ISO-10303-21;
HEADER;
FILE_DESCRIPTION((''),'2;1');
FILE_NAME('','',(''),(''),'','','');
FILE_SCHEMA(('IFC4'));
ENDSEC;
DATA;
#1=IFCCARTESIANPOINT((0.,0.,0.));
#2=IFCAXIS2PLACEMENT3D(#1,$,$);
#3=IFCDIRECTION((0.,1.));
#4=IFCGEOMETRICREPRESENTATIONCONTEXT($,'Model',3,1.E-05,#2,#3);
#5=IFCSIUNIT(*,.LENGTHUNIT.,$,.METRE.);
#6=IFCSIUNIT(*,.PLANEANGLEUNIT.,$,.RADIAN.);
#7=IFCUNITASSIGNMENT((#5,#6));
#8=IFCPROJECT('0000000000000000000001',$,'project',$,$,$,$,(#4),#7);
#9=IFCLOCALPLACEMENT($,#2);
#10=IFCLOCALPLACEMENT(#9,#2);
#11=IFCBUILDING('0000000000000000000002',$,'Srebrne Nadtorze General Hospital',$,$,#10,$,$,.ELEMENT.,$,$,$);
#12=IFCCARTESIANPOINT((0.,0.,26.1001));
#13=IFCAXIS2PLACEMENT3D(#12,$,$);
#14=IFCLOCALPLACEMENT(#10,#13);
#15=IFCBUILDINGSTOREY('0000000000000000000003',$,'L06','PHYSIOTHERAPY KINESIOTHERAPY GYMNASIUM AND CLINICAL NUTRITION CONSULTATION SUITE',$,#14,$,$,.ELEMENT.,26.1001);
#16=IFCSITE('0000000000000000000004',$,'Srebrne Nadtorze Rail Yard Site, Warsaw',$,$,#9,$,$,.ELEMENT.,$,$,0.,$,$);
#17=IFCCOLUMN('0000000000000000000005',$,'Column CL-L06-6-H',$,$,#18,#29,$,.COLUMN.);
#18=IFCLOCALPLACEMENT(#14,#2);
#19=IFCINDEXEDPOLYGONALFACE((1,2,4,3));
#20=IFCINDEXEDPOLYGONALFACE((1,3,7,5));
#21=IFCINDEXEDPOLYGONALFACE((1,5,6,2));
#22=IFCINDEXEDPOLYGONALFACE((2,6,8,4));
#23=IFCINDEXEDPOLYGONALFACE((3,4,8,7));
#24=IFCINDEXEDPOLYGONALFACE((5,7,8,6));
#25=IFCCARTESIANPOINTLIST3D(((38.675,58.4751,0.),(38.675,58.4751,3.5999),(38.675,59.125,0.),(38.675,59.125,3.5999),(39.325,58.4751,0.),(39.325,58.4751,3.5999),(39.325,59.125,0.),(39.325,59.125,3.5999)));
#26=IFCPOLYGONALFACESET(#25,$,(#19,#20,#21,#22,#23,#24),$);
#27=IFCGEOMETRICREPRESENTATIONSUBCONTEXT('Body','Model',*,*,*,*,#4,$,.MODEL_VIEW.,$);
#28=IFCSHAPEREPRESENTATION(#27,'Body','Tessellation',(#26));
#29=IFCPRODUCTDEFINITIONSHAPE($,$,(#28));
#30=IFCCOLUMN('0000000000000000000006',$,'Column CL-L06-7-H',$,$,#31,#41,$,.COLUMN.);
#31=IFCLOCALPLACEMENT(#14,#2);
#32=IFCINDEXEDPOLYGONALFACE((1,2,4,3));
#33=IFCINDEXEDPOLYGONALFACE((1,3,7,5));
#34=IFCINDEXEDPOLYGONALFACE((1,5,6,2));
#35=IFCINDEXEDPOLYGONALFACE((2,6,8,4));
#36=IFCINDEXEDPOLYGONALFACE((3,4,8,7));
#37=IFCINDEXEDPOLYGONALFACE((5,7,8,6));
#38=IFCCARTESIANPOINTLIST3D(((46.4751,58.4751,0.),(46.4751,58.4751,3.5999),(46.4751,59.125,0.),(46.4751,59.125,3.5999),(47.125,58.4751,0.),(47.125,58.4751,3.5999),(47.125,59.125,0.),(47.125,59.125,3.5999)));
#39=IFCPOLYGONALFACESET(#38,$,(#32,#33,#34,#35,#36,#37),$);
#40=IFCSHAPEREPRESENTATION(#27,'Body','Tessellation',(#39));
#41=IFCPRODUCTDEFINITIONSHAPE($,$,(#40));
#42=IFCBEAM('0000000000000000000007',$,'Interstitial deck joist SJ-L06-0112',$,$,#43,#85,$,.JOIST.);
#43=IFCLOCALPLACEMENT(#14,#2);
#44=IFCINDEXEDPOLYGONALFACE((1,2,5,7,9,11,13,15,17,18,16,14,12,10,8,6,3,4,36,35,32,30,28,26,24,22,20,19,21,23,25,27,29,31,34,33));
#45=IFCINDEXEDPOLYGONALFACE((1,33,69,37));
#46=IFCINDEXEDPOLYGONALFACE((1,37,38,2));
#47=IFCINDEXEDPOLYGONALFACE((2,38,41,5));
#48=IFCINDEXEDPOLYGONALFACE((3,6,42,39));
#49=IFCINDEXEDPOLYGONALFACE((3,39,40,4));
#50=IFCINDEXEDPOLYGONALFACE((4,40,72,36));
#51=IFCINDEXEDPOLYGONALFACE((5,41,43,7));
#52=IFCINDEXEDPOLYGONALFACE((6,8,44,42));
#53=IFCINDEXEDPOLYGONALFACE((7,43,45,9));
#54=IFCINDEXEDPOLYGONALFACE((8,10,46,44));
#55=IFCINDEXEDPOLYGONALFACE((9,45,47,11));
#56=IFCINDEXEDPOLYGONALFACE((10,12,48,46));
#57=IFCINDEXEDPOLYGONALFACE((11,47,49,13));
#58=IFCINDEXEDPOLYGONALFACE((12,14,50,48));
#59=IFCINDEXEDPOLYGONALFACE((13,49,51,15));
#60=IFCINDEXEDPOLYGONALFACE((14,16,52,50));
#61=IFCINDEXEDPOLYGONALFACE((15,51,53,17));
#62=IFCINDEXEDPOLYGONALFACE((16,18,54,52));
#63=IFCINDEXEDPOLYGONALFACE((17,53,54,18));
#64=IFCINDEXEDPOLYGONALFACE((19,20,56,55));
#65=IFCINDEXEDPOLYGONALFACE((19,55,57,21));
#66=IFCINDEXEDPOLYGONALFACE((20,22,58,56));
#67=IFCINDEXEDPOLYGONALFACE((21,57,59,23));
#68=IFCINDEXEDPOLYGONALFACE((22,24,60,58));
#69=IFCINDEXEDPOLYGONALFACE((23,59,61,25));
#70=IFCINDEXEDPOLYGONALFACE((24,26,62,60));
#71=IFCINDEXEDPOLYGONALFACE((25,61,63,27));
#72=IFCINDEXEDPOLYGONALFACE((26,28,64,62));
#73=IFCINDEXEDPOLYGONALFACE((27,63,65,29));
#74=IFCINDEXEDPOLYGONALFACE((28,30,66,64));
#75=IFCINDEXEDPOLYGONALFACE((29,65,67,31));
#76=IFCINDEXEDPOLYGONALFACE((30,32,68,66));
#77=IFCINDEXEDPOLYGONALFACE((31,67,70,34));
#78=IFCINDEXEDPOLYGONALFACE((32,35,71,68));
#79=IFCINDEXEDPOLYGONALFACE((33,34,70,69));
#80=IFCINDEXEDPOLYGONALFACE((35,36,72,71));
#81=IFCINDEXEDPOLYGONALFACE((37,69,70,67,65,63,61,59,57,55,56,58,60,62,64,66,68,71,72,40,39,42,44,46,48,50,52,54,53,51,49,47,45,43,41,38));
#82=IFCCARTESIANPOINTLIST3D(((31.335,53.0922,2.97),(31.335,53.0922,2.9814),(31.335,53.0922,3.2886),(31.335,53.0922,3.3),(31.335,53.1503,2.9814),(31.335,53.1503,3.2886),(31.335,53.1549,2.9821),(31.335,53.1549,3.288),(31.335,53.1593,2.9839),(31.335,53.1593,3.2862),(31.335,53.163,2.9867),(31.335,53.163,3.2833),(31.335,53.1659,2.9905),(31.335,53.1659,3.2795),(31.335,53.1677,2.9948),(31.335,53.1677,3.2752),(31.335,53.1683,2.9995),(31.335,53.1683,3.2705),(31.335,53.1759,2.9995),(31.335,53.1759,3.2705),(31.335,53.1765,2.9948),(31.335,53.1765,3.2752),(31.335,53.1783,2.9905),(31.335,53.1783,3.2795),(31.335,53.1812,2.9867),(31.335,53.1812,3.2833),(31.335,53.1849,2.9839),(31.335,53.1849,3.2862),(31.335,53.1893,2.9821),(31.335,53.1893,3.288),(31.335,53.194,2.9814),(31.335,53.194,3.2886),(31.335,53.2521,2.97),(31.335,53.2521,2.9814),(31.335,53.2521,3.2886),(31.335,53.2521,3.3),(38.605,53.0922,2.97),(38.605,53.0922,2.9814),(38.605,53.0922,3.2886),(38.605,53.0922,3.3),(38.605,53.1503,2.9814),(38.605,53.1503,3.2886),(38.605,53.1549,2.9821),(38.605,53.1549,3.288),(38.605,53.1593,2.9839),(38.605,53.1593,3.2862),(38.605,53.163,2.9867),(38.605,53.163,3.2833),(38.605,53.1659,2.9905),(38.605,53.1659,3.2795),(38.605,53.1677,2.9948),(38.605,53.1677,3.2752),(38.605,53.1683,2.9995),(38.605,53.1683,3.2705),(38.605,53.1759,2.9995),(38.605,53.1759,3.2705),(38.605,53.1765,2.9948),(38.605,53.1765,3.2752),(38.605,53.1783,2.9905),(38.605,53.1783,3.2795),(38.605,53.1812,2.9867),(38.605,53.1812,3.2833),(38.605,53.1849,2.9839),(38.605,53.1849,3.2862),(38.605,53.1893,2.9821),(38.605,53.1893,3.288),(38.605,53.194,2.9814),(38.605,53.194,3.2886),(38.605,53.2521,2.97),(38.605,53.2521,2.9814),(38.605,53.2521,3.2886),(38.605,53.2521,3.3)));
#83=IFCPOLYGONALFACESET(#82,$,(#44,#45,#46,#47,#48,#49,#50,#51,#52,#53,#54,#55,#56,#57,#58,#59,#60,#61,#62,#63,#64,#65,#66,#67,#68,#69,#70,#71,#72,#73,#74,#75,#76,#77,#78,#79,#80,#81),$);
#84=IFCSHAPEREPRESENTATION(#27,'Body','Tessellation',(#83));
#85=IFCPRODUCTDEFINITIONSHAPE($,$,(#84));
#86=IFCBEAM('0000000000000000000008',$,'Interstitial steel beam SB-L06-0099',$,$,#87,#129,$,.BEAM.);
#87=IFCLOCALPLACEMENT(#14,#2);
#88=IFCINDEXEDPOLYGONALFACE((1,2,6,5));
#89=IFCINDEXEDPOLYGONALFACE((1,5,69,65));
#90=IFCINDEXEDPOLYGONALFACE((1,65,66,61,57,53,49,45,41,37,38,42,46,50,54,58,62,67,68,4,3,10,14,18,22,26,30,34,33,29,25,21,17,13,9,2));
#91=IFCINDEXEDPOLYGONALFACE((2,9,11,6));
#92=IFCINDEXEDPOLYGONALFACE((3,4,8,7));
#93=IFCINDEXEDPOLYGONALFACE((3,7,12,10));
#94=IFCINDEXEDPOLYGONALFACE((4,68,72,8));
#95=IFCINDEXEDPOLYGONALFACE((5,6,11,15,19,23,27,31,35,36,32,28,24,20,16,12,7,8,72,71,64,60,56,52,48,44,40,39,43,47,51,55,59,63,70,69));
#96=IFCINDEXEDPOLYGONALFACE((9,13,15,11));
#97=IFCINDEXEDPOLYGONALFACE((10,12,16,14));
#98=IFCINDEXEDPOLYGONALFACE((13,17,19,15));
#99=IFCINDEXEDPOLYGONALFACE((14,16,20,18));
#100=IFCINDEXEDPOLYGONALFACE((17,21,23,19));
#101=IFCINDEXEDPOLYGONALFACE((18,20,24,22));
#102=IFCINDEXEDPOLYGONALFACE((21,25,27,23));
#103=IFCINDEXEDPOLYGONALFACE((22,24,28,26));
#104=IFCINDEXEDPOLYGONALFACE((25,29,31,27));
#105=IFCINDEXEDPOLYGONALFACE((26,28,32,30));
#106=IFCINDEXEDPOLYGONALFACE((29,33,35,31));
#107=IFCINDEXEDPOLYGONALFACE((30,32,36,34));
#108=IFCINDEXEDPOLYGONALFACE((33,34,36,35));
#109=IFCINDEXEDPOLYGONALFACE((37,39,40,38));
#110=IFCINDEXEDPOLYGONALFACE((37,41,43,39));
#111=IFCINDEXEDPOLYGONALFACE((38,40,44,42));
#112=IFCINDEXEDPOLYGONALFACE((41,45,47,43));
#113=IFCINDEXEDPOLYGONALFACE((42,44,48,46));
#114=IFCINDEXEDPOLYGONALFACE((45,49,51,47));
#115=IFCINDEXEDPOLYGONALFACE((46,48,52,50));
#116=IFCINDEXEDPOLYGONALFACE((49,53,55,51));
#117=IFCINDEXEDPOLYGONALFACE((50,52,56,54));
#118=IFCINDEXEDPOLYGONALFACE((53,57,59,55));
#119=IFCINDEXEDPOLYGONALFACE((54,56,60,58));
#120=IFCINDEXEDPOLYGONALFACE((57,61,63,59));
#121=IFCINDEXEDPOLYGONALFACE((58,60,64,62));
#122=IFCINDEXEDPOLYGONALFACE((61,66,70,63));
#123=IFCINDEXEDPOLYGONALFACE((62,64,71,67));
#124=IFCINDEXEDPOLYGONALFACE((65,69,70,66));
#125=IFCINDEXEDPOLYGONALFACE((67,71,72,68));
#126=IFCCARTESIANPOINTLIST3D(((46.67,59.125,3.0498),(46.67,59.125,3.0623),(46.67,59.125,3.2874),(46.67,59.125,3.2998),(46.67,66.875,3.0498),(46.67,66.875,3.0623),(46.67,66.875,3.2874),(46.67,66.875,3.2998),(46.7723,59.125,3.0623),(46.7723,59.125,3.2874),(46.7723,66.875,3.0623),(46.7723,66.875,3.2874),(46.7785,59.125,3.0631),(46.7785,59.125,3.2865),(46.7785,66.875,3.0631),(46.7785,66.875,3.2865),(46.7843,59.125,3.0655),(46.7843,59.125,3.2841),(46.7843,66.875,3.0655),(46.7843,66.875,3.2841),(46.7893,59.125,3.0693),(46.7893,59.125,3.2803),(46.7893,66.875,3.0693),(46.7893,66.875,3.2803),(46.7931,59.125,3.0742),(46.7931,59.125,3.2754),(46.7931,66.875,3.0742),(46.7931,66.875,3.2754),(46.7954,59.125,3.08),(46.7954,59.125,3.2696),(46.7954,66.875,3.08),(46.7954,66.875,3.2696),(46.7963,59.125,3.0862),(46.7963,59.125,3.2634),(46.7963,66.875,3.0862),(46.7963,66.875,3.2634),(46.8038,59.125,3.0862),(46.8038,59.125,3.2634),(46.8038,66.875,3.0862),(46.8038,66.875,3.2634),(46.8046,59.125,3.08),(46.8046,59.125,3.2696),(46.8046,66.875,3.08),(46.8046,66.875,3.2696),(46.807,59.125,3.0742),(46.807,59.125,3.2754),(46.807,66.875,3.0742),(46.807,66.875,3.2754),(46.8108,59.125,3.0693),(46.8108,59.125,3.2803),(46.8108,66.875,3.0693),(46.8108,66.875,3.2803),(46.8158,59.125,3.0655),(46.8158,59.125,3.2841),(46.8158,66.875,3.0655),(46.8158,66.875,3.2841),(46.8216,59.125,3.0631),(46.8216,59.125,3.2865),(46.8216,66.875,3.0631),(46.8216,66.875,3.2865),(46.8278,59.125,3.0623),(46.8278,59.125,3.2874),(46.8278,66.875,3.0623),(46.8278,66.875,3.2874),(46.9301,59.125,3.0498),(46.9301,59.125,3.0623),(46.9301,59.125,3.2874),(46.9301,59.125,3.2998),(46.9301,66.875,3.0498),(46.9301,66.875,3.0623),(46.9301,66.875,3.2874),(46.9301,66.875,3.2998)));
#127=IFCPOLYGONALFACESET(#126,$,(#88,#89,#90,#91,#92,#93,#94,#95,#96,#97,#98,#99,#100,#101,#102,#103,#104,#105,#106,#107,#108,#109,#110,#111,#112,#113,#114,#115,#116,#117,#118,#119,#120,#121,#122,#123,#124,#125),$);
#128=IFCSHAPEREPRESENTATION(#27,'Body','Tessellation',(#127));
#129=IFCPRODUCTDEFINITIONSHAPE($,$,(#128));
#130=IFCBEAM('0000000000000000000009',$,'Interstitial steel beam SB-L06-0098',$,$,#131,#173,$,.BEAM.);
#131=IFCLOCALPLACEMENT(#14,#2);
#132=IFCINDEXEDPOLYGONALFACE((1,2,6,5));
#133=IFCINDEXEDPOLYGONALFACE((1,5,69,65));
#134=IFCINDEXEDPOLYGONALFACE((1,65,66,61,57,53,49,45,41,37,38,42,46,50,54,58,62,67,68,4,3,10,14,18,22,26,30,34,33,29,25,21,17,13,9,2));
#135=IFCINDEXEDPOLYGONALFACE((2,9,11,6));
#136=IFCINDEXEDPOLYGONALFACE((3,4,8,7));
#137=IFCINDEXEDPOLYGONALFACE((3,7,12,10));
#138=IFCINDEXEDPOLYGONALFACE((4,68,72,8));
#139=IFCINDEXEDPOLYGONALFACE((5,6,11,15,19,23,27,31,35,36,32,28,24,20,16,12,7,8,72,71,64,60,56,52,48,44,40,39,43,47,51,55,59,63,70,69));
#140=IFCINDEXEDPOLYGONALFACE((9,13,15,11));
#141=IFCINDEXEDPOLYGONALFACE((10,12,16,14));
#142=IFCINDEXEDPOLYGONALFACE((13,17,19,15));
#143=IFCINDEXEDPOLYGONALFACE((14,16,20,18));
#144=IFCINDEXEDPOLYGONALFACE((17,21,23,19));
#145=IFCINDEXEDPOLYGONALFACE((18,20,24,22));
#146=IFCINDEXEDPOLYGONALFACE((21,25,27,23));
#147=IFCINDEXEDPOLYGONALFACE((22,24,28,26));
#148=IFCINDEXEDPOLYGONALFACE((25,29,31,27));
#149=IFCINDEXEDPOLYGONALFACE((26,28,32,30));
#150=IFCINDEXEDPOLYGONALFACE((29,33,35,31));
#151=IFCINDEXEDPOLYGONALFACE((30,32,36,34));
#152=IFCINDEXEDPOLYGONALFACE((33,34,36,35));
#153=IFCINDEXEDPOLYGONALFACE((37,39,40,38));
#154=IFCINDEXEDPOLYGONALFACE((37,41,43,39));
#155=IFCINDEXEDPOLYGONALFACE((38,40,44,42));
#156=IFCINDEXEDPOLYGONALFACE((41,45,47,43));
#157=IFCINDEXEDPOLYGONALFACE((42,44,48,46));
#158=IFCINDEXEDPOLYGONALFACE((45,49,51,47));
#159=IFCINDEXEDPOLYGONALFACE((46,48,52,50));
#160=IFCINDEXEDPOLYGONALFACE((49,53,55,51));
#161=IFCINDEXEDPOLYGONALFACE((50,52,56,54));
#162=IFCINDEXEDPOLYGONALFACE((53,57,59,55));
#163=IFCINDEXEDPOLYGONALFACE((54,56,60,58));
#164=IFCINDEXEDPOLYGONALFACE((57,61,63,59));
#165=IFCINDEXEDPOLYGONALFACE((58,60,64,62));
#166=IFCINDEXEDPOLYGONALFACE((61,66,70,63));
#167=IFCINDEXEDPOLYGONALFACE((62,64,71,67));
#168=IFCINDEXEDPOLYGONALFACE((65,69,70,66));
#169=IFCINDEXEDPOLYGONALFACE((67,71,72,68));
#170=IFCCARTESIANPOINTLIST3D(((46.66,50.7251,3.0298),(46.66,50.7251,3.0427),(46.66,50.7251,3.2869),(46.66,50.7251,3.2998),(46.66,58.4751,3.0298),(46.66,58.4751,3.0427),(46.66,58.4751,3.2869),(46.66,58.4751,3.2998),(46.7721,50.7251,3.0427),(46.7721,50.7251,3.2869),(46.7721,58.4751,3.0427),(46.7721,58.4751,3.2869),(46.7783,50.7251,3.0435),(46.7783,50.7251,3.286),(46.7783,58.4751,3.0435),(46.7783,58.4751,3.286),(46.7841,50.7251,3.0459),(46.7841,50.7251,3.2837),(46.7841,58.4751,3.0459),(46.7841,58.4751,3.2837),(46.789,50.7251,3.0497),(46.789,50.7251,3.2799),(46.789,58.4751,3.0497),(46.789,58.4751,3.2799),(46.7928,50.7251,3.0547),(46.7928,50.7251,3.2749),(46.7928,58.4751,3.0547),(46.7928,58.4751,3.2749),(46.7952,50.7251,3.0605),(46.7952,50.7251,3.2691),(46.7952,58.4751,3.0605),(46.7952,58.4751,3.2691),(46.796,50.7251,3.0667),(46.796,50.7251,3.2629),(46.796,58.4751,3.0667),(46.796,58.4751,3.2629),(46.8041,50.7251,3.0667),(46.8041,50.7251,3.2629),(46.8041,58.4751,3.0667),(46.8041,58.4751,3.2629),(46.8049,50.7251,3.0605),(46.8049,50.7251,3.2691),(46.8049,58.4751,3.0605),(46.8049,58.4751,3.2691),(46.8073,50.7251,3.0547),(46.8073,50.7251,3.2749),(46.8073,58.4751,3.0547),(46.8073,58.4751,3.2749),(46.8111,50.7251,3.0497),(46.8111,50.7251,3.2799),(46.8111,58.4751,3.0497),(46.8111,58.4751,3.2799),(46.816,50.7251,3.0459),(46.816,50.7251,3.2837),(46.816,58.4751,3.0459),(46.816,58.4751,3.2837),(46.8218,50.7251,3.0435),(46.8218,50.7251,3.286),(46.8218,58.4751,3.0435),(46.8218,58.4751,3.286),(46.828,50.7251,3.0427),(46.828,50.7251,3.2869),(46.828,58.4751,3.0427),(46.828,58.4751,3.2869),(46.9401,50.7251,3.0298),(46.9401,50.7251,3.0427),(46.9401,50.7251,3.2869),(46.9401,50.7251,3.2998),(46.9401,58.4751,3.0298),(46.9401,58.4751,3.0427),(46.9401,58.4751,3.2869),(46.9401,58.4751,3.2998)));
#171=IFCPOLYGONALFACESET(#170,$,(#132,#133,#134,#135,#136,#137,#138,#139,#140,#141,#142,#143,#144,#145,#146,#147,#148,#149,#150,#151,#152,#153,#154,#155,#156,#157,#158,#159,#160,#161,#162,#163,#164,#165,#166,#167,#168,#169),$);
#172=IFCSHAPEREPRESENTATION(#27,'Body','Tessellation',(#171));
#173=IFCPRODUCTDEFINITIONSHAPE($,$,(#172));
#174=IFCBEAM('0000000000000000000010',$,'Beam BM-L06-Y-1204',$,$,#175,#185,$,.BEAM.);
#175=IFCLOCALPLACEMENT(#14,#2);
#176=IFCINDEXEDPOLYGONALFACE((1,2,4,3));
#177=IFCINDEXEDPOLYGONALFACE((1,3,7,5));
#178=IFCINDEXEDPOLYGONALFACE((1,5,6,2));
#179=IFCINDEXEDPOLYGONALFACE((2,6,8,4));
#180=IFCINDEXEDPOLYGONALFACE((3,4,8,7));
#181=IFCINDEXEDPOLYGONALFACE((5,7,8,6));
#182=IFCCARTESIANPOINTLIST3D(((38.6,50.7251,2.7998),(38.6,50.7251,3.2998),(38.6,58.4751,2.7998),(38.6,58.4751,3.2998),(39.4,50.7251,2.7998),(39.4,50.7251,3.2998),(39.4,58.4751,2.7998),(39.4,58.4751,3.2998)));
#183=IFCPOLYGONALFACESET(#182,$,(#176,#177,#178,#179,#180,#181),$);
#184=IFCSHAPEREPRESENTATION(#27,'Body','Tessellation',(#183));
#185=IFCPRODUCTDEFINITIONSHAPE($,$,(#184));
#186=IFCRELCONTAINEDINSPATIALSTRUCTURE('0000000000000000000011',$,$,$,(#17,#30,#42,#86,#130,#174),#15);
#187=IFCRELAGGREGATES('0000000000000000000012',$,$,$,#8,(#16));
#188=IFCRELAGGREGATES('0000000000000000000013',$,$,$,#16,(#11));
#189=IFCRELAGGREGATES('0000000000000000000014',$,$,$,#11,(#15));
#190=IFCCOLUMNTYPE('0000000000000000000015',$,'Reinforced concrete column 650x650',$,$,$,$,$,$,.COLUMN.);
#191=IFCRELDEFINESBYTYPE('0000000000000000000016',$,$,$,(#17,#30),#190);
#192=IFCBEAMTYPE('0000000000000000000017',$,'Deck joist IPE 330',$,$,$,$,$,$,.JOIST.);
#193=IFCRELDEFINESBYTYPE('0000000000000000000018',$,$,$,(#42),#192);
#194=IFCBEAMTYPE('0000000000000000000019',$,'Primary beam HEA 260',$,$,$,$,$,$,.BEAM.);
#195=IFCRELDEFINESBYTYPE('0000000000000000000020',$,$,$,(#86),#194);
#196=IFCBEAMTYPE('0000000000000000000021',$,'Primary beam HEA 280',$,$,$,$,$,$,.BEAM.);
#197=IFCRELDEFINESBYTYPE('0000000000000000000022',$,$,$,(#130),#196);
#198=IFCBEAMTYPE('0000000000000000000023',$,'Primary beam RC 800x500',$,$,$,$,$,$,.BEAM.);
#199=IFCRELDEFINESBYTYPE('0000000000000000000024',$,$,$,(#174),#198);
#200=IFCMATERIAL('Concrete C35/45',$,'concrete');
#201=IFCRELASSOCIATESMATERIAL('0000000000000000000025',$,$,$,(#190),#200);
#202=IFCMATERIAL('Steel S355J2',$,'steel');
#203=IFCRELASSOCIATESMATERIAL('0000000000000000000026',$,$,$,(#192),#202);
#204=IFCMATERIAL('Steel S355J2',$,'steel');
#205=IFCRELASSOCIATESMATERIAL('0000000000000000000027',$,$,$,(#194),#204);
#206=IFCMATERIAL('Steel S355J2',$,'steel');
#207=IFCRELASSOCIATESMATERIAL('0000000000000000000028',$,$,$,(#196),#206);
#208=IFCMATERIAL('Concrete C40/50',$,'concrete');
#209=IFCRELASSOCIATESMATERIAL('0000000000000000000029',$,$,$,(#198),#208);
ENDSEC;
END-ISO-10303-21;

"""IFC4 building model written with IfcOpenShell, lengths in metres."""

from ifc_helpers import new_model, si_unit, direction, frame, origin, origin_2d, place, context, subcontext, project, spatial, rectangle, i_section, extrude, material, material_profile, profile_set, type_object, element, save


model = new_model("IFC4")

# Units and contexts
model_context = context("Model", 3, precision=1e-05, world=origin(), true_north=direction((0.0, 1.0)))
body_context = subcontext(model_context, "Body", "Model", "MODEL_VIEW")
ifc_project = project(units=[si_unit("LENGTHUNIT", "METRE"), si_unit("PLANEANGLEUNIT", "RADIAN")], contexts=[model_context])

# Site, building, storey
site_placement = place(None, origin())
site = spatial("IfcSite", under=ifc_project, at=site_placement, Name="Srebrne Nadtorze Rail Yard Site, Warsaw", CompositionType="ELEMENT", RefElevation=0.0)
building_placement = place(site_placement, origin())
building = spatial("IfcBuilding", under=site, at=building_placement, Name="Srebrne Nadtorze General Hospital", CompositionType="ELEMENT")
storey_placement = place(building_placement, frame((0.0, 0.0, 26.1001)))
storey = spatial("IfcBuildingStorey", under=building, at=storey_placement, Name="L06", Description="PHYSIOTHERAPY KINESIOTHERAPY GYMNASIUM AND CLINICAL NUTRITION CONSULTATION SUITE", CompositionType="ELEMENT", Elevation=26.1001)

# Columns
ifc_material_1 = material(Name="Concrete C35/45", Category="concrete")
ifc_material_profile_1 = material_profile(ifc_material_1, rectangle(XDim=0.6499, YDim=0.6499, at=origin_2d()), Name="RC-COL-650x650")
ifc_profile_set_1 = profile_set([ifc_material_profile_1], Name="Concrete C35/45")
column_type = type_object("IfcColumnType", Name="Reinforced concrete column 650x650", PredefinedType="COLUMN", material=ifc_profile_set_1)
for number, where, z_axis, x_axis, name in (
    (1, (39.0, 58.8, 0.0), (0.0, 0.0, 1.0), (1.0, 0.0, 0.0), "Column CL-L06-6-H"),
    (2, (46.8, 58.8, 0.0), (0.0, 0.0, 1.0), (1.0, 0.0, 0.0), "Column CL-L06-7-H"),
):
    element("IfcColumn", number, at=place(storey_placement, frame(where, z_axis=z_axis, x_axis=x_axis)), inside=storey, type_object=column_type, Name=name, PredefinedType="COLUMN", context=body_context, shape_type="SweptSolid", body=[
        extrude(rectangle(XDim=0.6499, YDim=0.6499, at=origin_2d()), origin(), (0.0, 0.0, 1.0), 3.5999),
    ])

# Beams
ifc_material_2 = material(Name="Steel S355J2", Category="steel")
ifc_material_profile_2 = material_profile(ifc_material_2, i_section(OverallWidth=0.1599, OverallDepth=0.3301, WebThickness=0.0076, FlangeThickness=0.0115, FilletRadius=0.0181, at=origin_2d()), Name="IPE-330")
ifc_profile_set_2 = profile_set([ifc_material_profile_2], Name="Steel S355J2")
beam_type_1 = type_object("IfcBeamType", Name="Deck joist IPE 330", PredefinedType="JOIST", material=ifc_profile_set_2)
beam_1_placement = place(storey_placement, frame((31.335, 53.1721, 3.135), z_axis=(1.0, 0.0, 0.0), x_axis=(0.0, 1.0, 0.0)))
element("IfcBeam", 3, at=beam_1_placement, inside=storey, type_object=beam_type_1, Name="Interstitial deck joist SJ-L06-0112", PredefinedType="JOIST", context=body_context, shape_type="SweptSolid", body=[
    extrude(i_section(OverallWidth=0.1599, OverallDepth=0.3301, WebThickness=0.0076, FlangeThickness=0.0115, FilletRadius=0.0181, at=origin_2d()), origin(), (0.0, 0.0, 1.0), 7.27),
])
ifc_material_3 = material(Name="Steel S355J2", Category="steel")
ifc_material_profile_3 = material_profile(ifc_material_3, i_section(OverallWidth=0.26, OverallDepth=0.25, WebThickness=0.0076, FlangeThickness=0.0125, FilletRadius=0.0239, at=origin_2d()), Name="HEA-260")
ifc_profile_set_3 = profile_set([ifc_material_profile_3], Name="Steel S355J2")
beam_type_2 = type_object("IfcBeamType", Name="Primary beam HEA 260", PredefinedType="BEAM", material=ifc_profile_set_3)
beam_2_placement = place(storey_placement, frame((46.8, 59.125, 3.1748), z_axis=(0.0, 1.0, 0.0), x_axis=(-1.0, 0.0, 0.0)))
element("IfcBeam", 4, at=beam_2_placement, inside=storey, type_object=beam_type_2, Name="Interstitial steel beam SB-L06-0099", PredefinedType="BEAM", context=body_context, shape_type="SweptSolid", body=[
    extrude(i_section(OverallWidth=0.26, OverallDepth=0.25, WebThickness=0.0076, FlangeThickness=0.0125, FilletRadius=0.0239, at=origin_2d()), origin(), (0.0, 0.0, 1.0), 7.75),
])
ifc_material_4 = material(Name="Steel S355J2", Category="steel")
ifc_material_profile_4 = material_profile(ifc_material_4, i_section(OverallWidth=0.28, OverallDepth=0.27, WebThickness=0.0081, FlangeThickness=0.0129, FilletRadius=0.0239, at=origin_2d()), Name="HEA-280")
ifc_profile_set_4 = profile_set([ifc_material_profile_4], Name="Steel S355J2")
beam_type_3 = type_object("IfcBeamType", Name="Primary beam HEA 280", PredefinedType="BEAM", material=ifc_profile_set_4)
beam_3_placement = place(storey_placement, frame((46.8, 50.7251, 3.1648), z_axis=(0.0, 1.0, 0.0), x_axis=(-1.0, 0.0, 0.0)))
element("IfcBeam", 5, at=beam_3_placement, inside=storey, type_object=beam_type_3, Name="Interstitial steel beam SB-L06-0098", PredefinedType="BEAM", context=body_context, shape_type="SweptSolid", body=[
    extrude(i_section(OverallWidth=0.28, OverallDepth=0.27, WebThickness=0.0081, FlangeThickness=0.0129, FilletRadius=0.0239, at=origin_2d()), origin(), (0.0, 0.0, 1.0), 7.75),
])
ifc_material_5 = material(Name="Concrete C40/50", Category="concrete")
ifc_material_profile_5 = material_profile(ifc_material_5, rectangle(XDim=0.8, YDim=0.5, at=origin_2d()), Name="RC-BM-800x500")
ifc_profile_set_5 = profile_set([ifc_material_profile_5], Name="Concrete C40/50")
beam_type_4 = type_object("IfcBeamType", Name="Primary beam RC 800x500", PredefinedType="BEAM", material=ifc_profile_set_5)
for number, where, z_axis, x_axis, name in (
    (6, (39.0, 50.7251, 3.0498), (0.0, 1.0, 0.0), (-1.0, 0.0, 0.0), "Beam BM-L06-Y-1204"),
):
    element("IfcBeam", number, at=place(storey_placement, frame(where, z_axis=z_axis, x_axis=x_axis)), inside=storey, type_object=beam_type_4, Name=name, PredefinedType="BEAM", context=body_context, shape_type="SweptSolid", body=[
        extrude(rectangle(XDim=0.8, YDim=0.5, at=origin_2d()), origin(), (0.0, 0.0, 1.0), 7.75),
    ])

save(model, "model.ifc")
